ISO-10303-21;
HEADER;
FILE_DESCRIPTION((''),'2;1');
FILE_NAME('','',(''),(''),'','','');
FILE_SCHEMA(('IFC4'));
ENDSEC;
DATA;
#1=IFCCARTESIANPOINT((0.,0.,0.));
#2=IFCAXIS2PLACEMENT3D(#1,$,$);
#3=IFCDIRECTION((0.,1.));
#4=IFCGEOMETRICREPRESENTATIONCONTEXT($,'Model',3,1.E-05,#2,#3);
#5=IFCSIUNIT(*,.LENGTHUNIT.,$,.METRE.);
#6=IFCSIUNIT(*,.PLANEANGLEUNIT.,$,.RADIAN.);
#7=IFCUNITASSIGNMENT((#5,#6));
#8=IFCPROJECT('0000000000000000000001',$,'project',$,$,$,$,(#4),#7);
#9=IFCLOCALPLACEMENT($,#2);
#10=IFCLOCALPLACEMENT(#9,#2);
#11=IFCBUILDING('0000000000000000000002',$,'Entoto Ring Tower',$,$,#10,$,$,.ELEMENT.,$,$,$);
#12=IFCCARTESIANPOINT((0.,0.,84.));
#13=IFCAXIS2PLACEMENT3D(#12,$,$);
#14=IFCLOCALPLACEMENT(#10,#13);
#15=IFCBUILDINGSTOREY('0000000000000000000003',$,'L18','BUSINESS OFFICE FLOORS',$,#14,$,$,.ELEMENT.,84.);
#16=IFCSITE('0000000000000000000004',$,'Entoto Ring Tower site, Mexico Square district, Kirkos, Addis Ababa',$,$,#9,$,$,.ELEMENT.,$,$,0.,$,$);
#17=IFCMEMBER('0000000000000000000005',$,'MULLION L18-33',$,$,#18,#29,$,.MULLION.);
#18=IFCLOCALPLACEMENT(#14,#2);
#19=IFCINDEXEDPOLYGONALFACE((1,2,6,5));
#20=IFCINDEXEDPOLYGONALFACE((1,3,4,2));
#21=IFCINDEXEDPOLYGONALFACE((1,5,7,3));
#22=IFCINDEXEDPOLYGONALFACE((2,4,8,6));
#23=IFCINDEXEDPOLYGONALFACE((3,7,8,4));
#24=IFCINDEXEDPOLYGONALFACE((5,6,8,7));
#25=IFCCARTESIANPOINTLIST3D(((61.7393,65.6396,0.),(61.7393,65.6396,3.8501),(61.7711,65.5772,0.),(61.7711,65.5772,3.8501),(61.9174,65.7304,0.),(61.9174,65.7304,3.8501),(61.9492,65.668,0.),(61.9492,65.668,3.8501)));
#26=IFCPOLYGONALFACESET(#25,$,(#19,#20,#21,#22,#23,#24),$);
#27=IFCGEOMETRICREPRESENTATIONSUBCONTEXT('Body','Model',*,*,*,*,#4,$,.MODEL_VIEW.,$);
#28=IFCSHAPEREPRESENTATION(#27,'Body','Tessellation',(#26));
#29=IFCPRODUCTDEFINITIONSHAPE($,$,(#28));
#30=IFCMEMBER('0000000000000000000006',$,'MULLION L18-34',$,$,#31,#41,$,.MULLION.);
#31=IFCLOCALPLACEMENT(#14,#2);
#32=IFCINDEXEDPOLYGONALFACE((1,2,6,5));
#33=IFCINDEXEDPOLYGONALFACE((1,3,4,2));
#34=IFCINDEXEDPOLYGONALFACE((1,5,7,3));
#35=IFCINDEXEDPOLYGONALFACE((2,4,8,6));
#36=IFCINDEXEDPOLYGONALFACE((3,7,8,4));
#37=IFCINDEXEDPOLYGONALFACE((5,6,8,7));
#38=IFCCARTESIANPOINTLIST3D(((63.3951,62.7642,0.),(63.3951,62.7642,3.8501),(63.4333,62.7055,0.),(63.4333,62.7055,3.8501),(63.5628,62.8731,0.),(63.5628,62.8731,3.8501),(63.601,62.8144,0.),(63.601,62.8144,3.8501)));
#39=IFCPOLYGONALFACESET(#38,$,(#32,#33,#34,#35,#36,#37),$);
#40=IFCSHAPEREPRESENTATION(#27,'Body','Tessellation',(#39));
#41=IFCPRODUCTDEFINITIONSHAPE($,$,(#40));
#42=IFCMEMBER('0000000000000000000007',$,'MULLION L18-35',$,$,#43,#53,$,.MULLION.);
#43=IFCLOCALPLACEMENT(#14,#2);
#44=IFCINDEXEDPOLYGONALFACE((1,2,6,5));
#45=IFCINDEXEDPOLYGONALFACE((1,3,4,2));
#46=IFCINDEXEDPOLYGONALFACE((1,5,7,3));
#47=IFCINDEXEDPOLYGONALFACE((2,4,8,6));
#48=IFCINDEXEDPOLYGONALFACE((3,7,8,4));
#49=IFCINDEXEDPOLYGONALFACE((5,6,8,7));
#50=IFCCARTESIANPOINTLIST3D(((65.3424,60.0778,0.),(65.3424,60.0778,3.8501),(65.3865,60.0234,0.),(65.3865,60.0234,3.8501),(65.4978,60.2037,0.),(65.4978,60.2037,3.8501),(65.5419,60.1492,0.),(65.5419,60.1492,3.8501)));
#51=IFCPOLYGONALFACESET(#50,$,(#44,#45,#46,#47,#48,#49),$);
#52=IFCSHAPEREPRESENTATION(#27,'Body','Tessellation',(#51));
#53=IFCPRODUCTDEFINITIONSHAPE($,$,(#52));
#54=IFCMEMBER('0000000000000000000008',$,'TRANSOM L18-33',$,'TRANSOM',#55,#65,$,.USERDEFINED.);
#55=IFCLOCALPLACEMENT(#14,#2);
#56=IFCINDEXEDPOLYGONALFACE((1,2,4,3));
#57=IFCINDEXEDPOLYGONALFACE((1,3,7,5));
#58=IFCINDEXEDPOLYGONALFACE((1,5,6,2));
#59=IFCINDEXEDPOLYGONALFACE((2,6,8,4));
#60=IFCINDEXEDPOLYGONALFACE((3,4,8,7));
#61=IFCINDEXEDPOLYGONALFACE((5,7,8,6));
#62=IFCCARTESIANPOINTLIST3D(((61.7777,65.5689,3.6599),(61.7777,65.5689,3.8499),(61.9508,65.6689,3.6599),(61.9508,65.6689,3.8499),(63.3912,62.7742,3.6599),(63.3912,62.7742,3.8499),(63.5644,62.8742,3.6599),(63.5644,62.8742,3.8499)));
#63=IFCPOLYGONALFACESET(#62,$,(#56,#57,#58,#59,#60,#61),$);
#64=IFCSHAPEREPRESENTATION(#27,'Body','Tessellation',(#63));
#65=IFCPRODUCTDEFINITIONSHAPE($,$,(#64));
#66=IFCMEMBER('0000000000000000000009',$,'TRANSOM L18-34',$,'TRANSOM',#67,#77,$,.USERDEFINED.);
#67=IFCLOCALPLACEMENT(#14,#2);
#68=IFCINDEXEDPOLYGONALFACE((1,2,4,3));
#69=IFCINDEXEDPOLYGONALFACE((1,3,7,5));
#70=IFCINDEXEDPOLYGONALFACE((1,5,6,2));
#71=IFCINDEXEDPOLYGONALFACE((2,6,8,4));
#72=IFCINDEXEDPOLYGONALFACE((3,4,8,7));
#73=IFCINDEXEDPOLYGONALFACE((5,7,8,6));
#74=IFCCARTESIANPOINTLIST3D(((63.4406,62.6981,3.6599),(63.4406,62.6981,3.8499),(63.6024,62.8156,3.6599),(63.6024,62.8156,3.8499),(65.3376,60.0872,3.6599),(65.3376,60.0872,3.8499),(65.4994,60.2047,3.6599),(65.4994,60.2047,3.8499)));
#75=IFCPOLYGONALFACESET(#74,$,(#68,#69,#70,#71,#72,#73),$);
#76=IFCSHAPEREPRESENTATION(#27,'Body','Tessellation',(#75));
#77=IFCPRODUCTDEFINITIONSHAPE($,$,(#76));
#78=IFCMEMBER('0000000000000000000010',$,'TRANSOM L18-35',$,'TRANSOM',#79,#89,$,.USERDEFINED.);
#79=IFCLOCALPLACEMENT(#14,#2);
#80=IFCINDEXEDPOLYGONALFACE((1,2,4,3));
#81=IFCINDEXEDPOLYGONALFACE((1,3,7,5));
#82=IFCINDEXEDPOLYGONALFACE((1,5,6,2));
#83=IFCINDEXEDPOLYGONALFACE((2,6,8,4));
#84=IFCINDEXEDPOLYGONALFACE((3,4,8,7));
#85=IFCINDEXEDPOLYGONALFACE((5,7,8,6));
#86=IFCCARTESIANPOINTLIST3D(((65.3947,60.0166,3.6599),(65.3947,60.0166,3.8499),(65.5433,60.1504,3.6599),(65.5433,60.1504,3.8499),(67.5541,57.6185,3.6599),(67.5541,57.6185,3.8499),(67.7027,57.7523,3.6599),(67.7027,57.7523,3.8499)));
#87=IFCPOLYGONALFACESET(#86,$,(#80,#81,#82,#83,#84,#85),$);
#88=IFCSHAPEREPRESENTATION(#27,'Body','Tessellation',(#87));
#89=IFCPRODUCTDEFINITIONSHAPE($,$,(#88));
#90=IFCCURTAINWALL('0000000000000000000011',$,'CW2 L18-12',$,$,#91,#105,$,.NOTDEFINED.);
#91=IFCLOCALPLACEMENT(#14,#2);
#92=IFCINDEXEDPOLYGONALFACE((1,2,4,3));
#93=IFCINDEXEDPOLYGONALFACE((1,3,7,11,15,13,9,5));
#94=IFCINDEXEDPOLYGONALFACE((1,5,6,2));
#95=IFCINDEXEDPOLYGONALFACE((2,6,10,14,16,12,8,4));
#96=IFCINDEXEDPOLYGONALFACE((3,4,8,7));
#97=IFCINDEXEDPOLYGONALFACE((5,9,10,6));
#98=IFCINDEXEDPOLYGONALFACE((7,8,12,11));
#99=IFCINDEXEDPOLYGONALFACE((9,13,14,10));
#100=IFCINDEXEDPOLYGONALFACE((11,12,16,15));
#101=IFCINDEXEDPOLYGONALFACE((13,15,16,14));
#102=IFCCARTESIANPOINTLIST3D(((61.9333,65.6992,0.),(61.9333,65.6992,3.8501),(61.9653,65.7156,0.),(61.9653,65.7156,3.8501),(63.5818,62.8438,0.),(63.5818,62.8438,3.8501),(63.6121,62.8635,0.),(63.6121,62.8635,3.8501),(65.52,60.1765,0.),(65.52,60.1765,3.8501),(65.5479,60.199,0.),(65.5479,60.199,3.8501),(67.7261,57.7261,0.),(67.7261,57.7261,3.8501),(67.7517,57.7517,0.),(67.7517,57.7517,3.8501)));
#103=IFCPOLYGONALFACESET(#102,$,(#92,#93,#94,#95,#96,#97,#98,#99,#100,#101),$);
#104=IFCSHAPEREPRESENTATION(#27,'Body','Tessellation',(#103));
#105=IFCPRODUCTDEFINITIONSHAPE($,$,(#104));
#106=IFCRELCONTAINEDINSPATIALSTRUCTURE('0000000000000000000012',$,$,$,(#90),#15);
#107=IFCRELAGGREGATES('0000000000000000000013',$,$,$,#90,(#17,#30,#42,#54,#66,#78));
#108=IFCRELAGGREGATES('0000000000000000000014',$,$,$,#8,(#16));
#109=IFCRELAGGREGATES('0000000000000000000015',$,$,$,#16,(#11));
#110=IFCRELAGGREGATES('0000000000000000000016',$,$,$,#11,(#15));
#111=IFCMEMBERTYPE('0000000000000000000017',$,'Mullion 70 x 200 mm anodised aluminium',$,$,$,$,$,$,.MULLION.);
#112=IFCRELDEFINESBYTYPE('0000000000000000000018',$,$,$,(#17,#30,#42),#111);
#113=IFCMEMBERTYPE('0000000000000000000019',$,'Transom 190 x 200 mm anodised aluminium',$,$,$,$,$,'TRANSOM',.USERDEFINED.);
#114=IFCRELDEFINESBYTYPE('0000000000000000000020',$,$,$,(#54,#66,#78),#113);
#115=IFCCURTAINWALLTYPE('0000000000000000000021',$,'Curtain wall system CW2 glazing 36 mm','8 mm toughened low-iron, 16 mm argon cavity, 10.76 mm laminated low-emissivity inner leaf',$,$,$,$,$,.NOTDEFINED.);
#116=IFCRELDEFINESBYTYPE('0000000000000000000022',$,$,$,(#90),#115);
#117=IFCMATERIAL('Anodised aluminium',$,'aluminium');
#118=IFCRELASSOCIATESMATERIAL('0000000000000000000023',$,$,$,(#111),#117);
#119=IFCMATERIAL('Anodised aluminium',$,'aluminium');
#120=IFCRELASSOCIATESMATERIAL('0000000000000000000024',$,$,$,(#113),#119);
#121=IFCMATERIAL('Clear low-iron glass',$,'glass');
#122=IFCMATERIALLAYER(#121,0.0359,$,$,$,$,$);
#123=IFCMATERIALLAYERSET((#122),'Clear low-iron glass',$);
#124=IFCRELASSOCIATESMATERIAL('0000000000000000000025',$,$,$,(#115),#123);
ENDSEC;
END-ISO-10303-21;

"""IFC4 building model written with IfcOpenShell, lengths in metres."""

from ifc_helpers import new_model, si_unit, direction, frame, origin, origin_2d, place, context, subcontext, project, spatial, polyline, rectangle, outline, extrude, material, layer, layer_set, material_profile, profile_set, type_object, element, aggregate, save


model = new_model("IFC4")

# Units and contexts
model_context = context("Model", 3, precision=1e-05, world=origin(), true_north=direction((0.0, 1.0)))
body_context = subcontext(model_context, "Body", "Model", "MODEL_VIEW")
ifc_project = project(units=[si_unit("LENGTHUNIT", "METRE"), si_unit("PLANEANGLEUNIT", "RADIAN")], contexts=[model_context])

# Members
ifc_material_1 = material(Name="Anodised aluminium", Category="aluminium")
ifc_material_profile_1 = material_profile(ifc_material_1, rectangle(XDim=0.0701, YDim=0.2, at=origin_2d()), Name="Mullion 70 x 200 mm anodised aluminium")
ifc_profile_set_1 = profile_set([ifc_material_profile_1], Name="Anodised aluminium")
member_type_1 = type_object("IfcMemberType", Name="Mullion 70 x 200 mm anodised aluminium", PredefinedType="MULLION", material=ifc_profile_set_1)
site_placement = place(None, origin())
building_placement = place(site_placement, origin())
storey_placement = place(building_placement, frame((0.0, 0.0, 84.0)))
member_1_placement = place(storey_placement, frame((61.8442, 65.6538, 0.0), z_axis=(0.0, 0.0, 1.0), x_axis=(0.45399, -0.891007, 0.0)))
member_1 = element("IfcMember", 1, at=member_1_placement, type_object=member_type_1, Name="MULLION L18-33", PredefinedType="MULLION", context=body_context, shape_type="SweptSolid", body=[
    extrude(rectangle(XDim=0.0701, YDim=0.2, at=origin_2d()), origin(), (0.0, 0.0, 1.0), 3.8501),
])
member_2_placement = place(storey_placement, frame((63.498, 62.7893, 0.0), z_axis=(0.0, 0.0, 1.0), x_axis=(0.544639, -0.838671, 0.0)))
member_2 = element("IfcMember", 2, at=member_2_placement, type_object=member_type_1, Name="MULLION L18-34", PredefinedType="MULLION", context=body_context, shape_type="SweptSolid", body=[
    extrude(rectangle(XDim=0.0701, YDim=0.2, at=origin_2d()), origin(), (0.0, 0.0, 1.0), 3.8501),
])
member_3_placement = place(storey_placement, frame((65.4421, 60.1135, 0.0), z_axis=(0.0, 0.0, 1.0), x_axis=(0.62932, -0.777146, 0.0)))
member_3 = element("IfcMember", 3, at=member_3_placement, type_object=member_type_1, Name="MULLION L18-35", PredefinedType="MULLION", context=body_context, shape_type="SweptSolid", body=[
    extrude(rectangle(XDim=0.0701, YDim=0.2, at=origin_2d()), origin(), (0.0, 0.0, 1.0), 3.8501),
])
ifc_material_2 = material(Name="Anodised aluminium", Category="aluminium")
ifc_material_profile_2 = material_profile(ifc_material_2, rectangle(XDim=0.2, YDim=0.1899, at=origin_2d()), Name="Transom 190 x 200 mm anodised aluminium")
ifc_profile_set_2 = profile_set([ifc_material_profile_2], Name="Anodised aluminium")
member_type_2 = type_object("IfcMemberType", Name="Transom 190 x 200 mm anodised aluminium", ElementType="TRANSOM", PredefinedType="USERDEFINED", material=ifc_profile_set_2)
member_4_placement = place(storey_placement, frame((61.8643, 65.6189, 3.7549), z_axis=(0.500004, -0.866023, 0.0), x_axis=(0.866023, 0.500004, 0.0)))
member_4 = element("IfcMember", 4, at=member_4_placement, type_object=member_type_2, Name="TRANSOM L18-33", ObjectType="TRANSOM", PredefinedType="USERDEFINED", context=body_context, shape_type="SweptSolid", body=[
    extrude(rectangle(XDim=0.2, YDim=0.1899, at=origin_2d()), origin(), (0.0, 0.0, 1.0), 3.2271),
])
member_5_placement = place(storey_placement, frame((63.5215, 62.7568, 3.7549), z_axis=(0.587803, -0.809004, 0.0), x_axis=(0.809004, 0.587803, 0.0)))
member_5 = element("IfcMember", 5, at=member_5_placement, type_object=member_type_2, Name="TRANSOM L18-34", ObjectType="TRANSOM", PredefinedType="USERDEFINED", context=body_context, shape_type="SweptSolid", body=[
    extrude(rectangle(XDim=0.2, YDim=0.1899, at=origin_2d()), origin(), (0.0, 0.0, 1.0), 3.2273),
])
member_6_placement = place(storey_placement, frame((65.469, 60.0835, 3.7549), z_axis=(0.669144, -0.743132, 0.0), x_axis=(0.743132, 0.669144, 0.0)))
member_6 = element("IfcMember", 6, at=member_6_placement, type_object=member_type_2, Name="TRANSOM L18-35", ObjectType="TRANSOM", PredefinedType="USERDEFINED", context=body_context, shape_type="SweptSolid", body=[
    extrude(rectangle(XDim=0.2, YDim=0.1899, at=origin_2d()), origin(), (0.0, 0.0, 1.0), 3.2271),
])

# Site, building, storey
site = spatial("IfcSite", under=ifc_project, at=site_placement, Name="Entoto Ring Tower site, Mexico Square district, Kirkos, Addis Ababa", CompositionType="ELEMENT", RefElevation=0.0)
building = spatial("IfcBuilding", under=site, at=building_placement, Name="Entoto Ring Tower", CompositionType="ELEMENT")
storey = spatial("IfcBuildingStorey", under=building, at=storey_placement, Name="L18", Description="BUSINESS OFFICE FLOORS", CompositionType="ELEMENT", Elevation=84.0)

# Curtain wall
ifc_material_3 = material(Name="Clear low-iron glass", Category="glass")
ifc_layer = layer(ifc_material_3, 0.0359)
ifc_layer_set = layer_set([ifc_layer], Name="Clear low-iron glass")
curtain_wall_type = type_object("IfcCurtainWallType", Name="Curtain wall system CW2 glazing 36 mm", Description="8 mm toughened low-iron, 16 mm argon cavity, 10.76 mm laminated low-emissivity inner leaf", PredefinedType="NOTDEFINED", material=ifc_layer_set)
curtain_wall_1_placement = place(storey_placement, origin())
curtain_wall_1 = element("IfcCurtainWall", 7, at=curtain_wall_1_placement, inside=storey, type_object=curtain_wall_type, Name="CW2 L18-12", PredefinedType="NOTDEFINED", context=body_context, shape_type="SweptSolid", body=[
    extrude(outline(polyline([(61.9333, 65.6992), (63.5818, 62.8438), (65.52, 60.1765), (67.7261, 57.7261), (67.7517, 57.7517), (65.5479, 60.199), (63.6121, 62.8635), (61.9653, 65.7156), (61.9333, 65.6992)])), origin(), (0.0, 0.0, 1.0), 3.8501),
])
aggregate(curtain_wall_1, [member_1, member_2, member_3, member_4, member_5, member_6])

save(model, "model.ifc")
